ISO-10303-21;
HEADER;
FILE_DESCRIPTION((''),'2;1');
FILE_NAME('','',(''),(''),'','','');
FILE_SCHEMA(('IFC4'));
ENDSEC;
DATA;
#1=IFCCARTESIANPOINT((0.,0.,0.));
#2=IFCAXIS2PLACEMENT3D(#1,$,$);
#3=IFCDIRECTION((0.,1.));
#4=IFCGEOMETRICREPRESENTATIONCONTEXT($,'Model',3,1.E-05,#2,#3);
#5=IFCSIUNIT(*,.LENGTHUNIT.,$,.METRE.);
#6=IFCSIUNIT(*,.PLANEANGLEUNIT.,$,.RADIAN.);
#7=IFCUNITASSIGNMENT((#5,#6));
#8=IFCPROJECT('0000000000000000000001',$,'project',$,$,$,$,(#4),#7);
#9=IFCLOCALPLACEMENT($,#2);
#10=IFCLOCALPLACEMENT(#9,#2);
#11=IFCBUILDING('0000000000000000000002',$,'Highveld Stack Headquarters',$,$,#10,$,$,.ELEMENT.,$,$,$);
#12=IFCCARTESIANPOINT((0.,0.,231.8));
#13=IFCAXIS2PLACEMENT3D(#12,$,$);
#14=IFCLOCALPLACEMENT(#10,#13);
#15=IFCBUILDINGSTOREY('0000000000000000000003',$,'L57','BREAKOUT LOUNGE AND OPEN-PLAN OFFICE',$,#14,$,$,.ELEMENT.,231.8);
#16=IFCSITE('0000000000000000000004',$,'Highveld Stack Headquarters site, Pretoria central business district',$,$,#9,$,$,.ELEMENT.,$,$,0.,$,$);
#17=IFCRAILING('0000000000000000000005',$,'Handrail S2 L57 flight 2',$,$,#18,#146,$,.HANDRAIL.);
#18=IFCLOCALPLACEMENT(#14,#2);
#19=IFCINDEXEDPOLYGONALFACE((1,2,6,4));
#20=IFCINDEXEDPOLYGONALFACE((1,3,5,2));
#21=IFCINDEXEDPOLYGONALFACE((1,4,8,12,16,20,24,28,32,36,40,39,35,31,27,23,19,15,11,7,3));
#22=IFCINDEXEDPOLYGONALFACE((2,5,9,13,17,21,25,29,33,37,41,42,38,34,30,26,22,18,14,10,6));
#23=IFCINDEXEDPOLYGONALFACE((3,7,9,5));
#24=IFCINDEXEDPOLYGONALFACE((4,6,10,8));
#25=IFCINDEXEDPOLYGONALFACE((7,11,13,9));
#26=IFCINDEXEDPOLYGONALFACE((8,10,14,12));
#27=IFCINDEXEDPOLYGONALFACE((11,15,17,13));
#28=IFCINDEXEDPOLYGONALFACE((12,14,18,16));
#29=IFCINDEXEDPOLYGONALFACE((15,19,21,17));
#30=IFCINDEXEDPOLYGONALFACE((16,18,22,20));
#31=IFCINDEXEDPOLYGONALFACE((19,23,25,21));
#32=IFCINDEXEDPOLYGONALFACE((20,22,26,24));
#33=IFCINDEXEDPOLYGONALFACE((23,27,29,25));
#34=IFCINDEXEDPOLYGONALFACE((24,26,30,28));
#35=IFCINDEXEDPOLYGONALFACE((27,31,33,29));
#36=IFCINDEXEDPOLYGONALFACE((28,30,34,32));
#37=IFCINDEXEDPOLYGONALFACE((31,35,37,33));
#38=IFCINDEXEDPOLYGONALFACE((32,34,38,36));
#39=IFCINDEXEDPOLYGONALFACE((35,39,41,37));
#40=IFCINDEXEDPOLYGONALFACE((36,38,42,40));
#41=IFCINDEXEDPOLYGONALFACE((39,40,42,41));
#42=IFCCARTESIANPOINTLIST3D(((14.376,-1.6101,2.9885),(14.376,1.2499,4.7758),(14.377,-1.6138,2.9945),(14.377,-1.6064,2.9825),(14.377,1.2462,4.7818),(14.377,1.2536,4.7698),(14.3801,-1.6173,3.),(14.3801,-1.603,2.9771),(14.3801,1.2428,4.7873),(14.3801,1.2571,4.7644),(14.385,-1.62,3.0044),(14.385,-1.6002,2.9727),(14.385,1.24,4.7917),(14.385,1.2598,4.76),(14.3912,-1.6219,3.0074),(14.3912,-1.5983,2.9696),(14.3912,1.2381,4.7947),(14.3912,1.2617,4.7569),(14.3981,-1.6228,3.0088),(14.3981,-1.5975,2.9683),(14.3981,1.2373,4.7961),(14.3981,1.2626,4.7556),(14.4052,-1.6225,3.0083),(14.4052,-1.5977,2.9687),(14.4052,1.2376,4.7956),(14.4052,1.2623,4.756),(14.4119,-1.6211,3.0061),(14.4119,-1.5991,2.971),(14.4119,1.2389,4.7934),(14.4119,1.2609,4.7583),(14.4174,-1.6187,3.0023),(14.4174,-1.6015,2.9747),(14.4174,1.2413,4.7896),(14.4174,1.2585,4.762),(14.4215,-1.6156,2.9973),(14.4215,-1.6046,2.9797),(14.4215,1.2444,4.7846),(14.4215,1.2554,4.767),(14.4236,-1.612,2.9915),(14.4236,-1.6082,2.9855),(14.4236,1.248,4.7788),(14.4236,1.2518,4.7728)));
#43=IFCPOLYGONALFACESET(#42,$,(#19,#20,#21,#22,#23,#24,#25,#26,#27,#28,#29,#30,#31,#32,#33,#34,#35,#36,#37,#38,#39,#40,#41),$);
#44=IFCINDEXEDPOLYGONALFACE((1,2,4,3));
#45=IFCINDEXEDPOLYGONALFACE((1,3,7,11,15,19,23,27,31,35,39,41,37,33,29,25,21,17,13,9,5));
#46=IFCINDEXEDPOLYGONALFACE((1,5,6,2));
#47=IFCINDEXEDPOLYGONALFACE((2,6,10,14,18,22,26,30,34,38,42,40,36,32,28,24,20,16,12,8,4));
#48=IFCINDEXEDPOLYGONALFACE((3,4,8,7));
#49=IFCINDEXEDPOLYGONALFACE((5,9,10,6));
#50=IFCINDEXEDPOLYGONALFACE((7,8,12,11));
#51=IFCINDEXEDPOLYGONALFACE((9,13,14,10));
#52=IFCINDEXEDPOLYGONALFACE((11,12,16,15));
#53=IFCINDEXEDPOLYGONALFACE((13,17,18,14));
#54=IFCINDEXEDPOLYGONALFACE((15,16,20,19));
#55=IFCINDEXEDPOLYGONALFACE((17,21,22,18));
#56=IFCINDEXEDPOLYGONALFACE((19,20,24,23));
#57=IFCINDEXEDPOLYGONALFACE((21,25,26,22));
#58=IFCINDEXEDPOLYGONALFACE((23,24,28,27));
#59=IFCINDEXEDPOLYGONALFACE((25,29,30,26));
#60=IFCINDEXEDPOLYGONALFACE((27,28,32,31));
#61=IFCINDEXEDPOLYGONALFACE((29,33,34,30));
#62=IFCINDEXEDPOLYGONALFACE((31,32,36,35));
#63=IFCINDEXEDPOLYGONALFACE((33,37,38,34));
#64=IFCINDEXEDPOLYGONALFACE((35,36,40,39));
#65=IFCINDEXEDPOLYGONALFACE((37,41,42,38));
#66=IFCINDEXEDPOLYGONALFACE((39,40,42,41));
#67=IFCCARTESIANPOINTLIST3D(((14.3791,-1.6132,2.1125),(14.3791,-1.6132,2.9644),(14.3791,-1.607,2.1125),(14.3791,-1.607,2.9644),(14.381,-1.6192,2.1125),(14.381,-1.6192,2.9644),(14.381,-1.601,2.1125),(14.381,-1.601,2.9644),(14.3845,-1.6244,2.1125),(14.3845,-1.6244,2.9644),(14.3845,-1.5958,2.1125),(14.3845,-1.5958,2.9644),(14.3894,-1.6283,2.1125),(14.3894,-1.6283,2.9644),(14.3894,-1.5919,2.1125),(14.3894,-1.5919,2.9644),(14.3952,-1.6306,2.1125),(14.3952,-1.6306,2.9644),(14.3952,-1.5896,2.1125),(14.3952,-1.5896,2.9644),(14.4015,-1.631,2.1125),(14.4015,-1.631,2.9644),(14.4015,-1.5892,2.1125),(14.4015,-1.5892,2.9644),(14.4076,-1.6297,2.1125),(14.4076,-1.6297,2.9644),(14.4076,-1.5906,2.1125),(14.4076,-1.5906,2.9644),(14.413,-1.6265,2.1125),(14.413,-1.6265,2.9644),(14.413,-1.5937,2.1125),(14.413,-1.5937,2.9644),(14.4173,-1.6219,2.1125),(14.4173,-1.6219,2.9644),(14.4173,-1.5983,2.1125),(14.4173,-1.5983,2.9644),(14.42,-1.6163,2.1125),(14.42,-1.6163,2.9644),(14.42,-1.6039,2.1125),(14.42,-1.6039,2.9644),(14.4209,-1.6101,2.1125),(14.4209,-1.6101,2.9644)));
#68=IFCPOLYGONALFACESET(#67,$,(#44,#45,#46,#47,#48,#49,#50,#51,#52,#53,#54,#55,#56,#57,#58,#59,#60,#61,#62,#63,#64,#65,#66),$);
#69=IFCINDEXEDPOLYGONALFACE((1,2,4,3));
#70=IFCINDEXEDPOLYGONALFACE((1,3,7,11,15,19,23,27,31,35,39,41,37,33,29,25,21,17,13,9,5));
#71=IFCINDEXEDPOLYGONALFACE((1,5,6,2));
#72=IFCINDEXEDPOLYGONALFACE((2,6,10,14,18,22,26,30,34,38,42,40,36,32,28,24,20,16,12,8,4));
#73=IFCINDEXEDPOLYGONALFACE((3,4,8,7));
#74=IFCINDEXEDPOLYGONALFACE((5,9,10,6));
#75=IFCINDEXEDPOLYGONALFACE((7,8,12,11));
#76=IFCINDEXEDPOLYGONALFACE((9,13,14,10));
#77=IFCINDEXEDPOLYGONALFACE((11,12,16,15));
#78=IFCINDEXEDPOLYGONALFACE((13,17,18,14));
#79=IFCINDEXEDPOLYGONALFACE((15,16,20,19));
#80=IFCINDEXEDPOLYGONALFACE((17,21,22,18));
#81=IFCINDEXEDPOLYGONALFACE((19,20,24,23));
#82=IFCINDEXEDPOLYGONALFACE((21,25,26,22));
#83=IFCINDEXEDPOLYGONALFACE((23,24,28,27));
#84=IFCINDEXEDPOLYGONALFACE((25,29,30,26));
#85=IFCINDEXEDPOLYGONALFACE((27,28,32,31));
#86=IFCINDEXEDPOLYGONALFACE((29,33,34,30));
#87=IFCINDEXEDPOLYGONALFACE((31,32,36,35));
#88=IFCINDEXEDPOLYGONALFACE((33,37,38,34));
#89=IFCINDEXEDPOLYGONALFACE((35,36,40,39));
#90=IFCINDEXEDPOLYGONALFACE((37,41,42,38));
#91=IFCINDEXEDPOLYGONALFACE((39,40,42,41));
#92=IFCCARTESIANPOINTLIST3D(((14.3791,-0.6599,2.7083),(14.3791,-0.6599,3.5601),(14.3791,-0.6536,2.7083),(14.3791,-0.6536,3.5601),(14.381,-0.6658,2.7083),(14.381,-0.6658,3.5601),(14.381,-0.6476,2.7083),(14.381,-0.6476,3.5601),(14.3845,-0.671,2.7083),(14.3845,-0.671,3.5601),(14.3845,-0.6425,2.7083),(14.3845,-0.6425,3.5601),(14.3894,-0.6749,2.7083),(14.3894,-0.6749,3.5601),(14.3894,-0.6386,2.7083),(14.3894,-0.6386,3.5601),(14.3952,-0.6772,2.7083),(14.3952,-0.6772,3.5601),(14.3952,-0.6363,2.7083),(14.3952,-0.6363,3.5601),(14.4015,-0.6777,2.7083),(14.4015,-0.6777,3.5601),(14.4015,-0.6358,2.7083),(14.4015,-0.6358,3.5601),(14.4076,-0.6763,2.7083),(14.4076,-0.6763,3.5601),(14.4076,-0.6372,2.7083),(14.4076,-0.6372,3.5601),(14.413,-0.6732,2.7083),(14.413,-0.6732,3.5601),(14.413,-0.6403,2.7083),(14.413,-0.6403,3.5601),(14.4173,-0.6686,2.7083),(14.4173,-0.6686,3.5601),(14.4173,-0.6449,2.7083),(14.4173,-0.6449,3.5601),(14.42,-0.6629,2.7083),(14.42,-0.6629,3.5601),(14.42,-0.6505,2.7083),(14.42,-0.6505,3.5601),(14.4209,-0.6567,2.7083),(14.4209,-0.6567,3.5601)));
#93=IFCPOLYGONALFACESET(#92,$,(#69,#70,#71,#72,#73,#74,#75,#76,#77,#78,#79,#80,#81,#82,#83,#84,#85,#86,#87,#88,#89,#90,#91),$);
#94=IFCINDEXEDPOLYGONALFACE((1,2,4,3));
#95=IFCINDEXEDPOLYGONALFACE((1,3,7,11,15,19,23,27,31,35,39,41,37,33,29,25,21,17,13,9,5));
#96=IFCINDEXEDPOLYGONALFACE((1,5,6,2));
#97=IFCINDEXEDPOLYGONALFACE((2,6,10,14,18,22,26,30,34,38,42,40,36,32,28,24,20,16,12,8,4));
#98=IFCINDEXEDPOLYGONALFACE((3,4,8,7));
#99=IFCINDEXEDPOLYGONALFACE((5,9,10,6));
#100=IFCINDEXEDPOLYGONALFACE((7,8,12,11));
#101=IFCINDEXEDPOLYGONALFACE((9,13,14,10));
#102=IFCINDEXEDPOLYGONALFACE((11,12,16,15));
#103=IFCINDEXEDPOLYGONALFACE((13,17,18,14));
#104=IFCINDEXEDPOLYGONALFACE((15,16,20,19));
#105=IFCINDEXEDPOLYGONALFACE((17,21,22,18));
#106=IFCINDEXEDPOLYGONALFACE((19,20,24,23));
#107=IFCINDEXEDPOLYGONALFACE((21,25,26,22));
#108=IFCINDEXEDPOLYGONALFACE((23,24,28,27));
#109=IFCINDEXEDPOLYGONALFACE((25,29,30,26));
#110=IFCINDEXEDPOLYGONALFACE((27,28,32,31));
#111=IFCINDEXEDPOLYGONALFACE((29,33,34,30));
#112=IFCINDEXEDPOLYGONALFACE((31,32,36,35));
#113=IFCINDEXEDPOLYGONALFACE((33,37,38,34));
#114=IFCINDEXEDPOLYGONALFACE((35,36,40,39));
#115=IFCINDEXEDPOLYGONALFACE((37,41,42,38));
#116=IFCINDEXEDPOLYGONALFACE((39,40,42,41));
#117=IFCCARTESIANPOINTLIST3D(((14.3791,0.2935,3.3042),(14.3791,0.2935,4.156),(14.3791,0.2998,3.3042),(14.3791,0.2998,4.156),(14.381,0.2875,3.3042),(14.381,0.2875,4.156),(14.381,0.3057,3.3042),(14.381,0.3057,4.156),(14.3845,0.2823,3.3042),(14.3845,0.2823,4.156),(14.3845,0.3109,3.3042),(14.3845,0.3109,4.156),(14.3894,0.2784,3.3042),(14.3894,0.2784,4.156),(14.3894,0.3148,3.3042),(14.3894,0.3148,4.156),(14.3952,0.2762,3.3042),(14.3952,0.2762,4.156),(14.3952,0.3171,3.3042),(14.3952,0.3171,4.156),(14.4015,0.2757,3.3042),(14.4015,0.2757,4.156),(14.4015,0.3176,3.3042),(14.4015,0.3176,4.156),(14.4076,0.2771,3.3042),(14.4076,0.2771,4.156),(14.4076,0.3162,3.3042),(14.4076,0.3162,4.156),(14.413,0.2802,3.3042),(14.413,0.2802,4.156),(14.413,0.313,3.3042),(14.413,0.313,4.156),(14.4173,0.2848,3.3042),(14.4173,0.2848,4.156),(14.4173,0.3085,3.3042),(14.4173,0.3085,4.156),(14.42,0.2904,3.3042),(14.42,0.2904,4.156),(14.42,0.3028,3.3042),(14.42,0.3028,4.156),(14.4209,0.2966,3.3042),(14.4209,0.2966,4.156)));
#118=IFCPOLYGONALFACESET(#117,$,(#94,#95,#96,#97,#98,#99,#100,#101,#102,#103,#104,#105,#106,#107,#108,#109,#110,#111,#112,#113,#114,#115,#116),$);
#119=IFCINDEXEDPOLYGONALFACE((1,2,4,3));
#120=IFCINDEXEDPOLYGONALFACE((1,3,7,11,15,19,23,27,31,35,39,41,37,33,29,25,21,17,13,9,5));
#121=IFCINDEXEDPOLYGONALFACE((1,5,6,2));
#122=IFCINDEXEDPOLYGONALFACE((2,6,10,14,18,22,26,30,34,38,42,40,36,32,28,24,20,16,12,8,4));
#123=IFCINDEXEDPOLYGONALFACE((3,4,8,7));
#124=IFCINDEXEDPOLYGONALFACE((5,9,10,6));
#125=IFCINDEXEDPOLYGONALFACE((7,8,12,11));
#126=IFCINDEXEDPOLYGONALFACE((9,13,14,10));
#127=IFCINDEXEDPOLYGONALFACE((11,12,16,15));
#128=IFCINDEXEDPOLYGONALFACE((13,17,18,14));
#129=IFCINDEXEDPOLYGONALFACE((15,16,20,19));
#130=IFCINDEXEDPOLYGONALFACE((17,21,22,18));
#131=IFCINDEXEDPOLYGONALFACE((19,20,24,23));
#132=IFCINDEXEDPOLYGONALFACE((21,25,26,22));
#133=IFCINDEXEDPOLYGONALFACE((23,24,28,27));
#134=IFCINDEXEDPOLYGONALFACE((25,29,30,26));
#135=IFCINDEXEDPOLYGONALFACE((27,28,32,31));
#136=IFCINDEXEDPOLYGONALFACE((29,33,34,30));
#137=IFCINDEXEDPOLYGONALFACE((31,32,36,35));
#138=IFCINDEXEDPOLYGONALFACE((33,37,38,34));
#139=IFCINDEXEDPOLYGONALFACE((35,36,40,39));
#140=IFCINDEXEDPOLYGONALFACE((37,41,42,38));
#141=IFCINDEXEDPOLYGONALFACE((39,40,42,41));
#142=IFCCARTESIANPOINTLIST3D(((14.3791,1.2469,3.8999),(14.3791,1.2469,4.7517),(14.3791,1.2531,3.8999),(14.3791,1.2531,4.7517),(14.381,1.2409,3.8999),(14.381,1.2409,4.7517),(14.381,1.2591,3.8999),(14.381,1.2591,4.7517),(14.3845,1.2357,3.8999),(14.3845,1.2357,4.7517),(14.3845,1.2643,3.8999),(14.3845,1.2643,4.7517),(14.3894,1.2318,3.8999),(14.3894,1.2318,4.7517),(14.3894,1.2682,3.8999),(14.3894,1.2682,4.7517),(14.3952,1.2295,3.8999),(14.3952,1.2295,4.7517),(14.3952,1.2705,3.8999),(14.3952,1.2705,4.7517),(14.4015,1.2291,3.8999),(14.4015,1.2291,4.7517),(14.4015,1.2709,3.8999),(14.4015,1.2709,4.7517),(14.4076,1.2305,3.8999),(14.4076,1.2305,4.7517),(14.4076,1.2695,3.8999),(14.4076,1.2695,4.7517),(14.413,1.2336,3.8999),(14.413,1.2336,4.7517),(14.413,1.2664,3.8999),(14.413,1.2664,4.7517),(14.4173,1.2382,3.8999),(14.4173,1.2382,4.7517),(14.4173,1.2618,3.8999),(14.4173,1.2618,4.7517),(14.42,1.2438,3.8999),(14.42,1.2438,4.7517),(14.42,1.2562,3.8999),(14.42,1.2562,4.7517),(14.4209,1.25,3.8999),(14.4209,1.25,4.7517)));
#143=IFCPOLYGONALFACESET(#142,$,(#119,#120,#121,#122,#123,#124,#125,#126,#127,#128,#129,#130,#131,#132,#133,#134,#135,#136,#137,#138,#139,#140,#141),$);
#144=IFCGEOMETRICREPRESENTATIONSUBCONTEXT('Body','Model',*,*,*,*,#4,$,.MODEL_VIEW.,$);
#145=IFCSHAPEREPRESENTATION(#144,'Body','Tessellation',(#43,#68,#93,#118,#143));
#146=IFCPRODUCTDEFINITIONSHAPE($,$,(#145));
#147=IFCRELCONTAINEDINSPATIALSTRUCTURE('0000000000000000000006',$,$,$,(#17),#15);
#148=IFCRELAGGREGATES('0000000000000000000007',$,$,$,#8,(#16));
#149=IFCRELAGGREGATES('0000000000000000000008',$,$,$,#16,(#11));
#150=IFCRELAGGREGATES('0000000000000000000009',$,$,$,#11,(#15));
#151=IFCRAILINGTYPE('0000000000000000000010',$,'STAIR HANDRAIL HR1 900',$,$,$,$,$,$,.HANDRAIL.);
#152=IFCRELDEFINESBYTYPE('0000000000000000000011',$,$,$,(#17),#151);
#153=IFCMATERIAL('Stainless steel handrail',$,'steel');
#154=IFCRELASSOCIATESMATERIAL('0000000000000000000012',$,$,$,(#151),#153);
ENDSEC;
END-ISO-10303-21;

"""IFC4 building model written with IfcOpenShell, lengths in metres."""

from ifc_helpers import new_model, si_unit, direction, frame, origin, origin_2d, place, context, subcontext, project, spatial, circle, extrude, material, type_object, element, save


model = new_model("IFC4")

# Units and contexts
model_context = context("Model", 3, precision=1e-05, world=origin(), true_north=direction((0.0, 1.0)))
body_context = subcontext(model_context, "Body", "Model", "MODEL_VIEW")
ifc_project = project(units=[si_unit("LENGTHUNIT", "METRE"), si_unit("PLANEANGLEUNIT", "RADIAN")], contexts=[model_context])

# Site, building, storey
site_placement = place(None, origin())
site = spatial("IfcSite", under=ifc_project, at=site_placement, Name="Highveld Stack Headquarters site, Pretoria central business district", CompositionType="ELEMENT", RefElevation=0.0)
building_placement = place(site_placement, origin())
building = spatial("IfcBuilding", under=site, at=building_placement, Name="Highveld Stack Headquarters", CompositionType="ELEMENT")
storey_placement = place(building_placement, frame((0.0, 0.0, 231.8)))
storey = spatial("IfcBuildingStorey", under=building, at=storey_placement, Name="L57", Description="BREAKOUT LOUNGE AND OPEN-PLAN OFFICE", CompositionType="ELEMENT", Elevation=231.8)

# Railing
ifc_material_1 = material(Name="Stainless steel handrail", Category="steel")
railing_type = type_object("IfcRailingType", Name="STAIR HANDRAIL HR1 900", PredefinedType="HANDRAIL", material=ifc_material_1)
for number, where, name in (
    (1, (14.3999, -1.6101, 2.1125), "Handrail S2 L57 flight 2"),
):
    element("IfcRailing", number, at=place(storey_placement, frame(where)), inside=storey, type_object=railing_type, Name=name, PredefinedType="HANDRAIL", context=body_context, shape_type="SweptSolid", body=[
        extrude(circle(Radius=0.0239, at=origin_2d()), frame((0.0, 0.0, 0.876), z_axis=(0.0, 0.848027, 0.529953), x_axis=(-1.0, 0.0, 0.0)), (0.0, 0.0, 1.0), 3.3726),
        extrude(circle(Radius=0.021, at=origin_2d()), origin(), (0.0, 0.0, 1.0), 0.8518),
        extrude(circle(Radius=0.021, at=origin_2d()), frame((0.0, 0.9534, 0.5957)), (0.0, 0.0, 1.0), 0.8518),
        extrude(circle(Radius=0.021, at=origin_2d()), frame((0.0, 1.9067, 1.1917)), (0.0, 0.0, 1.0), 0.8518),
        extrude(circle(Radius=0.021, at=origin_2d()), frame((0.0, 2.8601, 1.7874)), (0.0, 0.0, 1.0), 0.8518),
    ])

save(model, "model.ifc")
